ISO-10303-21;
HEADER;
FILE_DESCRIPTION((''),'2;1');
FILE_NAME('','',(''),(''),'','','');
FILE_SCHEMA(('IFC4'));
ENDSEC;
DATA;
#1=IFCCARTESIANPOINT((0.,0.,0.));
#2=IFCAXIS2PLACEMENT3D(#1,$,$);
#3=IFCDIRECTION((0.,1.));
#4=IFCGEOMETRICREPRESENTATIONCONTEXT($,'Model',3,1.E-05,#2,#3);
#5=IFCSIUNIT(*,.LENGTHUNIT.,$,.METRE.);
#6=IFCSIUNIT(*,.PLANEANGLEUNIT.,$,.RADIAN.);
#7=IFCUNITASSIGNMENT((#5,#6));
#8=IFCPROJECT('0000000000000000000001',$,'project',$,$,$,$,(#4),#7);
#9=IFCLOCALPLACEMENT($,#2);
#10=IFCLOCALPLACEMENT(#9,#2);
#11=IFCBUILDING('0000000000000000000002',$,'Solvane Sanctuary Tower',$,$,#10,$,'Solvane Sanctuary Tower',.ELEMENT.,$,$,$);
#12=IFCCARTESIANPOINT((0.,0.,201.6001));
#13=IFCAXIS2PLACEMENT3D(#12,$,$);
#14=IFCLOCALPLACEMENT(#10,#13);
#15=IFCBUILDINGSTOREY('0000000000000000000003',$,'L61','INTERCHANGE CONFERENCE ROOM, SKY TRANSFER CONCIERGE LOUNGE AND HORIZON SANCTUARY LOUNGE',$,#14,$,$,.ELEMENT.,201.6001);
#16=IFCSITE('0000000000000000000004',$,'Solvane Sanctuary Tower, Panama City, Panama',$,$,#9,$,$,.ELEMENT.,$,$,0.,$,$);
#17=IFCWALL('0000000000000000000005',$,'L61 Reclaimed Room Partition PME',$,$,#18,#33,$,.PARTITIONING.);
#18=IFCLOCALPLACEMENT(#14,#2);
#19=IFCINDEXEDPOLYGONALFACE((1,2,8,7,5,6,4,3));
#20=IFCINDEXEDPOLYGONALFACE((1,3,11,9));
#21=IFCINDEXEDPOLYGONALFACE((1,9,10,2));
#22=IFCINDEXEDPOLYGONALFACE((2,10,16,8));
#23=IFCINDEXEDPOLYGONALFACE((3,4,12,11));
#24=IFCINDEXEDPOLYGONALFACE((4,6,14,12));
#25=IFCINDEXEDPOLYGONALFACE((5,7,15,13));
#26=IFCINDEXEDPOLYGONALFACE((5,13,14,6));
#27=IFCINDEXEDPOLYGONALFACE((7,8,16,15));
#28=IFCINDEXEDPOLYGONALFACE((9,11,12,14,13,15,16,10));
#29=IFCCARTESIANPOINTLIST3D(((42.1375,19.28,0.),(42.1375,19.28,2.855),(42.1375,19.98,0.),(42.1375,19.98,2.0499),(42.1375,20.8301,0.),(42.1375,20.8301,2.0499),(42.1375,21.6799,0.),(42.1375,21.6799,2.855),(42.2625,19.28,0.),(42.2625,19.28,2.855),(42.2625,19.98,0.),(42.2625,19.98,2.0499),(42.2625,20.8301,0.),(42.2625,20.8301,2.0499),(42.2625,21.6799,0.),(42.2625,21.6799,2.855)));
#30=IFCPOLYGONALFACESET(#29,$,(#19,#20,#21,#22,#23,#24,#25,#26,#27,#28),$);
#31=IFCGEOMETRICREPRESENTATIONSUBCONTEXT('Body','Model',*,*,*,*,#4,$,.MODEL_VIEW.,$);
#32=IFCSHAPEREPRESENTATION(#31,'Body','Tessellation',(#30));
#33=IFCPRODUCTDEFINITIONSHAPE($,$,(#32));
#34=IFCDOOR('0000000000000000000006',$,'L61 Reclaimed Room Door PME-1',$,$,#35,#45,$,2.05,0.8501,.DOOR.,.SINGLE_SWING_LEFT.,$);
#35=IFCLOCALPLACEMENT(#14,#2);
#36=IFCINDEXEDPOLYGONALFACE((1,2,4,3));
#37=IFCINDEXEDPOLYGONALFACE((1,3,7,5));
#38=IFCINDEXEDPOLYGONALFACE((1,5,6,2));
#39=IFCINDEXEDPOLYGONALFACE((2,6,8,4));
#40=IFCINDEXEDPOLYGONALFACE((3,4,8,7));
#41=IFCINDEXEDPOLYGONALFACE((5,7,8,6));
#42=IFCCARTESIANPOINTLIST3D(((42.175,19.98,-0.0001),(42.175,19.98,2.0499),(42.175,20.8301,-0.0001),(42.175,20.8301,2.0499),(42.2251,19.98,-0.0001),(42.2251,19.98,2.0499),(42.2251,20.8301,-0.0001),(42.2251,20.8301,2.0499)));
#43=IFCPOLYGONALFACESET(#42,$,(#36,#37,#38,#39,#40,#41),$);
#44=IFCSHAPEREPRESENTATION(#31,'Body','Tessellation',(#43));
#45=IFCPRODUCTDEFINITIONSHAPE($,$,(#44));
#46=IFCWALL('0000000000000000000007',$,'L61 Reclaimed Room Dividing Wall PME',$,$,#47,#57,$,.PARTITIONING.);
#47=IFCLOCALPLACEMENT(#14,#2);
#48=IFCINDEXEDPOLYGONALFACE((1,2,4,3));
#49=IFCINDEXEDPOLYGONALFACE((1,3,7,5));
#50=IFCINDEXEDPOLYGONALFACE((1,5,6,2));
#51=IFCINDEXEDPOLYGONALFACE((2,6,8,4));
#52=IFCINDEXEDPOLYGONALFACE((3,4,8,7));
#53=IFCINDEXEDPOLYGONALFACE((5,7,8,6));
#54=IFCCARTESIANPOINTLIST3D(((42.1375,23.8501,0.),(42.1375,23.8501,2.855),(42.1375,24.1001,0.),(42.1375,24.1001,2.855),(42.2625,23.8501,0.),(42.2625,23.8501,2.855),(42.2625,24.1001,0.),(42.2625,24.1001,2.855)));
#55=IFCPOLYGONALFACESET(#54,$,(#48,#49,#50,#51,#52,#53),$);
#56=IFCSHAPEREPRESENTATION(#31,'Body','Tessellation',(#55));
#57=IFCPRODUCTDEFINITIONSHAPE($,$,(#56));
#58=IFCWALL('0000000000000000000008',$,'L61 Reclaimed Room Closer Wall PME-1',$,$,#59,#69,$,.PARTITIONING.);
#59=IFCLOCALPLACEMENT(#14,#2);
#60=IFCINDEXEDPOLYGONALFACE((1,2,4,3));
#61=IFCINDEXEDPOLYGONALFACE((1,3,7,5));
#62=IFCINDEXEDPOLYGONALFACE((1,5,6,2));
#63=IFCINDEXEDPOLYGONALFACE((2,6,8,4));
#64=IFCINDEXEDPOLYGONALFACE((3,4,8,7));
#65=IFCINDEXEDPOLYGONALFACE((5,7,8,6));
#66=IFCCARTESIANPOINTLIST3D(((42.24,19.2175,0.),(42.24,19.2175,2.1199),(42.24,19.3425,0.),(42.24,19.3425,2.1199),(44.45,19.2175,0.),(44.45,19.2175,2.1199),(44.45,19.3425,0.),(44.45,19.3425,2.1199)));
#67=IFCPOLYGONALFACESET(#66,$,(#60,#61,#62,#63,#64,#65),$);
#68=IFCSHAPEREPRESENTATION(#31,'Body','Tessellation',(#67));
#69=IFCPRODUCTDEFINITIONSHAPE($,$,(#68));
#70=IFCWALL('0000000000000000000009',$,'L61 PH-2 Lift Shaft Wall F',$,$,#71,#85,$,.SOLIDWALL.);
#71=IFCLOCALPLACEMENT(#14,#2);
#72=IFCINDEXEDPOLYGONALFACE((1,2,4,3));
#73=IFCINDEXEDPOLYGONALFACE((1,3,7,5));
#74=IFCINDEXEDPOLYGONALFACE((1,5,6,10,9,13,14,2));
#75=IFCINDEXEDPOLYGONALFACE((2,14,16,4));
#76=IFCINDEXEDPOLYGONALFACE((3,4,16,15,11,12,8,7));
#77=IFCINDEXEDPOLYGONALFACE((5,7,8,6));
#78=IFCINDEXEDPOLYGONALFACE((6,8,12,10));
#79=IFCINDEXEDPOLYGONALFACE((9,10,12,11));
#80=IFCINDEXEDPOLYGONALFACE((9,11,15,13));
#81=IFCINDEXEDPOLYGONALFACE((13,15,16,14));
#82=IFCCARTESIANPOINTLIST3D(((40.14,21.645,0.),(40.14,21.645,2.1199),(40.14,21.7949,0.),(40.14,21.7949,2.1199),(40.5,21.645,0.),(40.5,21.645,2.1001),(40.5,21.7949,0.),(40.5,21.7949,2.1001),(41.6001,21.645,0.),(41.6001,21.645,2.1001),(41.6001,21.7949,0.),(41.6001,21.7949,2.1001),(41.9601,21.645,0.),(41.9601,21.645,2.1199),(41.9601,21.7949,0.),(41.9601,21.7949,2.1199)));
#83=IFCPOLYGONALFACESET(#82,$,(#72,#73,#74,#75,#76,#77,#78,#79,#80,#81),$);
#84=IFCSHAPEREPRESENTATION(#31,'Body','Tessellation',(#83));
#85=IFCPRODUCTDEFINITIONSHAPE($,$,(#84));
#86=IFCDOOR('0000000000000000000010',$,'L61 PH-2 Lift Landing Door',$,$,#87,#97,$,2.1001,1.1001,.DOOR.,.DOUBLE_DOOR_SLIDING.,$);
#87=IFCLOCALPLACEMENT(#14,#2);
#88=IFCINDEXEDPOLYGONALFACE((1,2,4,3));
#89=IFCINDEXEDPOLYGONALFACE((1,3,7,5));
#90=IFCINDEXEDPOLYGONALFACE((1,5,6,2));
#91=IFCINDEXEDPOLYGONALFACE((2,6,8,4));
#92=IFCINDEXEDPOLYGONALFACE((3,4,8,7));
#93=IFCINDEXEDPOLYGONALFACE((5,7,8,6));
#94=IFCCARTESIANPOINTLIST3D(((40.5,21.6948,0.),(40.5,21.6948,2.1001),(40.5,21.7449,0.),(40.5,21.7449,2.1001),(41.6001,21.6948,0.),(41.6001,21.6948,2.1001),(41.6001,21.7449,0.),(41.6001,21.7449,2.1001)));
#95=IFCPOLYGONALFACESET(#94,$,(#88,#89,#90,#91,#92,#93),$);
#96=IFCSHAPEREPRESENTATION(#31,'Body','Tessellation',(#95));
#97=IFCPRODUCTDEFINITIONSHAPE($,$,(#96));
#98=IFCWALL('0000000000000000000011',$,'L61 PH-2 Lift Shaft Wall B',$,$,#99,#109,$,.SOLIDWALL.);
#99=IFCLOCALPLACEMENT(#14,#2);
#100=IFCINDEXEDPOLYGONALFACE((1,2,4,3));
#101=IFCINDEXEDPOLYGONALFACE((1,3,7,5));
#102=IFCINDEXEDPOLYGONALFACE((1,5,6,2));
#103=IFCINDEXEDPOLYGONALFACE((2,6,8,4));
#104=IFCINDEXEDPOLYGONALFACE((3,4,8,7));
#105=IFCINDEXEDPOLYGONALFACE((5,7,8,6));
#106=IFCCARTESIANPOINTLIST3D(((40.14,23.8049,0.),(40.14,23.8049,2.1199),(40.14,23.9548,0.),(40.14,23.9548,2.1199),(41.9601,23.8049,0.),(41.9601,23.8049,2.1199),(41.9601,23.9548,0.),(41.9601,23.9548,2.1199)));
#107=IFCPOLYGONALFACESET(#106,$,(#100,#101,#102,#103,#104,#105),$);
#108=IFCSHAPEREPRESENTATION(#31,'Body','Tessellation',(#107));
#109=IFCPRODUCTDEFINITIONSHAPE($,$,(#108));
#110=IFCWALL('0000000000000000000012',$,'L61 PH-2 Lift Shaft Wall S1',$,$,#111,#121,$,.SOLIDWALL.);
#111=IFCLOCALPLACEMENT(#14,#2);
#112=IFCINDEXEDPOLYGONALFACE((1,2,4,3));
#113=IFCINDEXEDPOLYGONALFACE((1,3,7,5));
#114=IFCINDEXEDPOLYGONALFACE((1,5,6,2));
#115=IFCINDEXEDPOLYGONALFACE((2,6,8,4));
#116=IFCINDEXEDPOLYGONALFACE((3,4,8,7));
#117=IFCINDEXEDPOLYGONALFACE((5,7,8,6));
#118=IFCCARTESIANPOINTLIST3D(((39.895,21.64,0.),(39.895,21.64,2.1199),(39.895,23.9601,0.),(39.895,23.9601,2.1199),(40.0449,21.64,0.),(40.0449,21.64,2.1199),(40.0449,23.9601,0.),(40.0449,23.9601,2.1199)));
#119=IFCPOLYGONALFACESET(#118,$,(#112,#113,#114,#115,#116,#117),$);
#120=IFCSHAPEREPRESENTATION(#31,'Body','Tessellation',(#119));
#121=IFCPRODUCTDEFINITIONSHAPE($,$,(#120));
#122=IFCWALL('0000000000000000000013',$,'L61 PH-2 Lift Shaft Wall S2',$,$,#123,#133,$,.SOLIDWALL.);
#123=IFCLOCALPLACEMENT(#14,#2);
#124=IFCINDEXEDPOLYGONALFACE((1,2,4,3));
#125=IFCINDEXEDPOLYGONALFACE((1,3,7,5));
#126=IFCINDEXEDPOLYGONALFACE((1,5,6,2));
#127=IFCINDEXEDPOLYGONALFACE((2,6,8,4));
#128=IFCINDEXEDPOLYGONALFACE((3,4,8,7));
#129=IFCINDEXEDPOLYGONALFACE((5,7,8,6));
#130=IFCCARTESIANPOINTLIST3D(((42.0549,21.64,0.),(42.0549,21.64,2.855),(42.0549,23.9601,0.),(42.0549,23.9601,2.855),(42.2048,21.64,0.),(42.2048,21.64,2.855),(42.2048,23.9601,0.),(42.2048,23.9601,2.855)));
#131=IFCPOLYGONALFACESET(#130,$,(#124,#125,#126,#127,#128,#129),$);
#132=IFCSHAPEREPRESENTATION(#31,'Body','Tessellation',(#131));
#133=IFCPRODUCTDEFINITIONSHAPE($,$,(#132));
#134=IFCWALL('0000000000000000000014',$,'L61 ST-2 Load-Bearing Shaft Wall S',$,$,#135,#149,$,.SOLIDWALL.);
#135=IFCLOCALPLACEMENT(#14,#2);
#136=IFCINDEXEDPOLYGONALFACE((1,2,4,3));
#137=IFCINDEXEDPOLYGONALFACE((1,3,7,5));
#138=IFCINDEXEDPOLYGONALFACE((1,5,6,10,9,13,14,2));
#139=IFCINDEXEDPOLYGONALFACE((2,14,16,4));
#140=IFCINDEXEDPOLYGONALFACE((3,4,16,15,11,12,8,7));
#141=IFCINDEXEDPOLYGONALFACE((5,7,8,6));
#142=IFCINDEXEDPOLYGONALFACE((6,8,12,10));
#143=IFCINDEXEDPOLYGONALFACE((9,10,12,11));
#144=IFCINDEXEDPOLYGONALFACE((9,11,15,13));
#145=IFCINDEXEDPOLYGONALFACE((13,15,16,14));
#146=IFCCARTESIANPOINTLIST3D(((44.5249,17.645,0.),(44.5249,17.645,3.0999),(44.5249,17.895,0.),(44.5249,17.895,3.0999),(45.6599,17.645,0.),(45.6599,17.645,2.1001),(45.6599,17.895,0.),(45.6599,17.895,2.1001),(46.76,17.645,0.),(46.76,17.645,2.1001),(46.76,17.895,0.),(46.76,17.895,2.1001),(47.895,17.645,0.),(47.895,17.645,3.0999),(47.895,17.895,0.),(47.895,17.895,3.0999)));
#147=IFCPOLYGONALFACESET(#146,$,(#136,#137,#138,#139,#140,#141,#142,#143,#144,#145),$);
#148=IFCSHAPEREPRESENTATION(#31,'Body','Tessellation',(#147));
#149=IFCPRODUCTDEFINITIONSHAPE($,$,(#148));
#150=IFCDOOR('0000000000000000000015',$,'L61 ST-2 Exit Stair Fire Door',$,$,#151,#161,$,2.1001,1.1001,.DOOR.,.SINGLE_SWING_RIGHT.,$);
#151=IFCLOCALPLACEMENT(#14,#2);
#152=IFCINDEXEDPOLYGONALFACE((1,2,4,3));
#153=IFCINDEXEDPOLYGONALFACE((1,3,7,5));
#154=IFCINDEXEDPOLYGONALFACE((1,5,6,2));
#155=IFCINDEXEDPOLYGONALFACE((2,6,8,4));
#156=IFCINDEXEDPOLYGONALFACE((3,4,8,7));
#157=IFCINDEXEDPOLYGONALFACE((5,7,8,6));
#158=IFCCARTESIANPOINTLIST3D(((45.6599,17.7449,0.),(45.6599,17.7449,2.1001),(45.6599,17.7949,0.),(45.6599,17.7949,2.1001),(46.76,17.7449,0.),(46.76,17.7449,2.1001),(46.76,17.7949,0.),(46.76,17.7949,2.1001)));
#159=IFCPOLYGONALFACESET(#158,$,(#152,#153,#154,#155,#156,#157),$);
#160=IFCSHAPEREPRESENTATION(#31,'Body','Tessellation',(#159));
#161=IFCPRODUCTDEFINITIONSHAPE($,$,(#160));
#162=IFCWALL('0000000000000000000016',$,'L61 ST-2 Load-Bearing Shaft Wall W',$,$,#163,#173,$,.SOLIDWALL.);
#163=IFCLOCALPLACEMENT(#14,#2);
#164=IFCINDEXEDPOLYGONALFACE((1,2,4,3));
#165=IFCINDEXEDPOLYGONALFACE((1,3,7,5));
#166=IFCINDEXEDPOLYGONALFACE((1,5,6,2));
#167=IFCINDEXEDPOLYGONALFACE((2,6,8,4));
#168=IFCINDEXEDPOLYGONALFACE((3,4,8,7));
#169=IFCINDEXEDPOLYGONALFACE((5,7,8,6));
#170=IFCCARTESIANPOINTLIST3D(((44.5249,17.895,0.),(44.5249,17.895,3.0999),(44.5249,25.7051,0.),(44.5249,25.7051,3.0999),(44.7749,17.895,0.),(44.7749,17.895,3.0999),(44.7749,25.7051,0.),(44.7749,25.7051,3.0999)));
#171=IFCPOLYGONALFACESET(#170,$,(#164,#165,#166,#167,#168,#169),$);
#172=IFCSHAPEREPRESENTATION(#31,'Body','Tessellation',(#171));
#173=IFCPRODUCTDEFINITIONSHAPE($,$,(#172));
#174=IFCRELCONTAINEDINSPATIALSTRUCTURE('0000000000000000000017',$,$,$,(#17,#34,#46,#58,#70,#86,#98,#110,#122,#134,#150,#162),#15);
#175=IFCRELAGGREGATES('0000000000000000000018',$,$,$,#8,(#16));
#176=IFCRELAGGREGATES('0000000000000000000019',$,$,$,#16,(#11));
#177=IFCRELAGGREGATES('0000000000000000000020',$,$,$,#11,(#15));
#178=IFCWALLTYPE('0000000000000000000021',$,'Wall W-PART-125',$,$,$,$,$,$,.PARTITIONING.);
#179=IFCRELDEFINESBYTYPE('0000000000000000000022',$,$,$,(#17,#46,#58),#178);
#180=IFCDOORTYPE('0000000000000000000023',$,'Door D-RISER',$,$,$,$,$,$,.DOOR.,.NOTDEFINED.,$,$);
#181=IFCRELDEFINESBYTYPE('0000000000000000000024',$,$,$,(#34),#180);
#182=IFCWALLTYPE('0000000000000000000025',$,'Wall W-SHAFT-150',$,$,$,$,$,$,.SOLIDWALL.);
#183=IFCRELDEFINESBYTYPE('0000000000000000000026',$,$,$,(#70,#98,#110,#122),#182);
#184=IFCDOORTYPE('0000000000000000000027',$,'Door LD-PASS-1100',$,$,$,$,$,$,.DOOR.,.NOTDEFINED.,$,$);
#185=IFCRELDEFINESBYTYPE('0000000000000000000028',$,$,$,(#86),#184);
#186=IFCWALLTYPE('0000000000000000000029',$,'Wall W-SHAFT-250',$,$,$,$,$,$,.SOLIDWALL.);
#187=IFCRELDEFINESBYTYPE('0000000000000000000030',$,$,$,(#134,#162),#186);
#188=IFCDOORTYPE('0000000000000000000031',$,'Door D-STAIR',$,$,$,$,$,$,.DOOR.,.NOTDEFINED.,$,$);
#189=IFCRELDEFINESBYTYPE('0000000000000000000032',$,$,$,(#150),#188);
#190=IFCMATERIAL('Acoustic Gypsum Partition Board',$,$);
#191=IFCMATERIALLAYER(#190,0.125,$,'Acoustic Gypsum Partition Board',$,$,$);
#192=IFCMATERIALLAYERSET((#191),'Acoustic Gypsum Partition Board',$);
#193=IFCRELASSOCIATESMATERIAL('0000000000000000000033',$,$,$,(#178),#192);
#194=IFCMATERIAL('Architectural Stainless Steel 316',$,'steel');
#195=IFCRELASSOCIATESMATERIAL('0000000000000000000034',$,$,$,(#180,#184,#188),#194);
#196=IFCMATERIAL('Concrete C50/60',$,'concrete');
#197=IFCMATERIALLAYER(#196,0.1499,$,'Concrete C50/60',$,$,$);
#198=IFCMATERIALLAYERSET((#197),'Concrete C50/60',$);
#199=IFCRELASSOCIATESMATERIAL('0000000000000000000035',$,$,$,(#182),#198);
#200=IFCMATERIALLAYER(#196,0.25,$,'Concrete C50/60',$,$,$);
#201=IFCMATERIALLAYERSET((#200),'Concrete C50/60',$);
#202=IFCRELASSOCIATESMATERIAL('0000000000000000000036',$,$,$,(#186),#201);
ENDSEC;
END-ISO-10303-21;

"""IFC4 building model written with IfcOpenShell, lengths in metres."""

from ifc_helpers import new_model, si_unit, direction, frame, frame_2d, origin, place, context, subcontext, project, spatial, rectangle, extrude, material, layer, layer_set, type_object, element, fill, save


model = new_model("IFC4")

# Units and contexts
model_context = context("Model", 3, precision=1e-05, world=origin(), true_north=direction((0.0, 1.0)))
body_context = subcontext(model_context, "Body", "Model", "MODEL_VIEW")
ifc_project = project(units=[si_unit("LENGTHUNIT", "METRE"), si_unit("PLANEANGLEUNIT", "RADIAN")], contexts=[model_context])

# Site, building, storey
site_placement = place(None, origin())
site = spatial("IfcSite", under=ifc_project, at=site_placement, Name="Solvane Sanctuary Tower, Panama City, Panama", CompositionType="ELEMENT", RefElevation=0.0)
building_placement = place(site_placement, origin())
building = spatial("IfcBuilding", under=site, at=building_placement, Name="Solvane Sanctuary Tower", LongName="Solvane Sanctuary Tower", CompositionType="ELEMENT")
storey_placement = place(building_placement, frame((0.0, 0.0, 201.6001)))
storey = spatial("IfcBuildingStorey", under=building, at=storey_placement, Name="L61", Description="INTERCHANGE CONFERENCE ROOM, SKY TRANSFER CONCIERGE LOUNGE AND HORIZON SANCTUARY LOUNGE", CompositionType="ELEMENT", Elevation=201.6001)

# Shared definitions
ifc_material_1 = material(Name="Concrete C50/60", Category="concrete")

# Shared definitions
ifc_material_2 = material(Name="Acoustic Gypsum Partition Board")

# Shared definitions
ifc_layer_1 = layer(ifc_material_2, 0.125, Name="Acoustic Gypsum Partition Board")
ifc_layer_set_1 = layer_set([ifc_layer_1], Name="Acoustic Gypsum Partition Board")
wall_type_1 = type_object("IfcWallType", Name="Wall W-PART-125", PredefinedType="PARTITIONING", material=ifc_layer_set_1)
ifc_material_3 = material(Name="Architectural Stainless Steel 316", Category="steel")
door_type_1 = type_object("IfcDoorType", Name="Door D-RISER", OperationType="NOTDEFINED", PredefinedType="DOOR", material=ifc_material_3)

# Wall, opening, door
wall_1_placement = place(storey_placement, frame((42.2, 19.28, 0.0), z_axis=(0.0, 0.0, 1.0), x_axis=(0.0, 1.0, 0.0)))
wall_1 = element("IfcWall", 1, at=wall_1_placement, inside=storey, type_object=wall_type_1, Name="L61 Reclaimed Room Partition PME", PredefinedType="PARTITIONING", context=body_context, shape_type="SweptSolid", body=[
    extrude(rectangle(XDim=2.3999, YDim=0.125, at=frame_2d((1.2, 0.0))), origin(), (0.0, 0.0, 1.0), 2.855),
])
opening_1_placement = place(wall_1_placement, frame((0.7, 0.0, 0.0)))
opening_1 = element("IfcOpeningElement", 2, at=opening_1_placement, cuts=wall_1, PredefinedType="OPENING", context=body_context, shape_type="SweptSolid", body=[
    extrude(rectangle(XDim=0.8501, YDim=2.05, at=frame_2d((0.425, 1.0249))), frame((0.0, 0.0725, 0.0), z_axis=(0.0, -1.0, 0.0), x_axis=(1.0, 0.0, 0.0)), (0.0, 0.0, 1.0), 0.145),
])
door_1_placement = place(opening_1_placement, origin())
door_1 = element("IfcDoor", 3, at=door_1_placement, inside=storey, type_object=door_type_1, Name="L61 Reclaimed Room Door PME-1", OperationType="SINGLE_SWING_LEFT", OverallHeight=2.05, OverallWidth=0.8501, PredefinedType="DOOR", context=body_context, shape_type="SweptSolid", body=[
    extrude(rectangle(XDim=0.8501, YDim=2.05, at=frame_2d((0.425, 1.0249))), frame((0.0, 0.0249, 0.0), z_axis=(0.0, -1.0, 0.0), x_axis=(1.0, 0.0, 0.0)), (0.0, 0.0, 1.0), 0.05),
])
fill(opening_1, door_1)

# Walls
wall_2_placement = place(storey_placement, frame((42.2, 23.8501, 0.0), z_axis=(0.0, 0.0, 1.0), x_axis=(0.0, 1.0, 0.0)))
element("IfcWall", 4, at=wall_2_placement, inside=storey, type_object=wall_type_1, Name="L61 Reclaimed Room Dividing Wall PME", PredefinedType="PARTITIONING", context=body_context, shape_type="SweptSolid", body=[
    extrude(rectangle(XDim=0.25, YDim=0.125, at=frame_2d((0.125, 0.0))), origin(), (0.0, 0.0, 1.0), 2.855),
])
wall_3_placement = place(storey_placement, frame((42.24, 19.28, 0.0), z_axis=(0.0, 0.0, 1.0), x_axis=(1.0, 0.0, 0.0)))
element("IfcWall", 5, at=wall_3_placement, inside=storey, type_object=wall_type_1, Name="L61 Reclaimed Room Closer Wall PME-1", PredefinedType="PARTITIONING", context=body_context, shape_type="SweptSolid", body=[
    extrude(rectangle(XDim=2.21, YDim=0.125, at=frame_2d((1.105, 0.0))), origin(), (0.0, 0.0, 1.0), 2.1199),
])

# Wall, opening, door
ifc_layer_2 = layer(ifc_material_1, 0.1499, Name="Concrete C50/60")
ifc_layer_set_2 = layer_set([ifc_layer_2], Name="Concrete C50/60")
wall_type_2 = type_object("IfcWallType", Name="Wall W-SHAFT-150", PredefinedType="SOLIDWALL", material=ifc_layer_set_2)
wall_4_placement = place(storey_placement, frame((40.1399, 21.72, 0.0), z_axis=(0.0, 0.0, 1.0), x_axis=(1.0, 0.0, 0.0)))
wall_4 = element("IfcWall", 6, at=wall_4_placement, inside=storey, type_object=wall_type_2, Name="L61 PH-2 Lift Shaft Wall F", PredefinedType="SOLIDWALL", context=body_context, shape_type="SweptSolid", body=[
    extrude(rectangle(XDim=1.8201, YDim=0.1499, at=frame_2d((0.9102, 0.0))), origin(), (0.0, 0.0, 1.0), 2.1199),
])
opening_2_placement = place(wall_4_placement, frame((0.3601, 0.0, 0.0)))
opening_2 = element("IfcOpeningElement", 7, at=opening_2_placement, cuts=wall_4, PredefinedType="OPENING", context=body_context, shape_type="SweptSolid", body=[
    extrude(rectangle(XDim=1.1001, YDim=2.1001, at=frame_2d((0.55, 1.05))), frame((0.0, 0.085, 0.0), z_axis=(0.0, -1.0, 0.0), x_axis=(1.0, 0.0, 0.0)), (0.0, 0.0, 1.0), 0.1699),
])
door_type_2 = type_object("IfcDoorType", Name="Door LD-PASS-1100", OperationType="NOTDEFINED", PredefinedType="DOOR", material=ifc_material_3)
door_2_placement = place(opening_2_placement, origin())
door_2 = element("IfcDoor", 8, at=door_2_placement, inside=storey, type_object=door_type_2, Name="L61 PH-2 Lift Landing Door", OperationType="DOUBLE_DOOR_SLIDING", OverallHeight=2.1001, OverallWidth=1.1001, PredefinedType="DOOR", context=body_context, shape_type="SweptSolid", body=[
    extrude(rectangle(XDim=1.1001, YDim=2.1001, at=frame_2d((0.55, 1.05))), frame((0.0, 0.0249, 0.0), z_axis=(0.0, -1.0, 0.0), x_axis=(1.0, 0.0, 0.0)), (0.0, 0.0, 1.0), 0.05),
])
fill(opening_2, door_2)

# Walls
wall_5_placement = place(storey_placement, frame((40.1399, 23.8799, 0.0), z_axis=(0.0, 0.0, 1.0), x_axis=(1.0, 0.0, 0.0)))
element("IfcWall", 9, at=wall_5_placement, inside=storey, type_object=wall_type_2, Name="L61 PH-2 Lift Shaft Wall B", PredefinedType="SOLIDWALL", context=body_context, shape_type="SweptSolid", body=[
    extrude(rectangle(XDim=1.8201, YDim=0.1499, at=frame_2d((0.9102, 0.0))), origin(), (0.0, 0.0, 1.0), 2.1199),
])
wall_6_placement = place(storey_placement, frame((39.97, 21.6399, 0.0), z_axis=(0.0, 0.0, 1.0), x_axis=(0.0, 1.0, 0.0)))
element("IfcWall", 10, at=wall_6_placement, inside=storey, type_object=wall_type_2, Name="L61 PH-2 Lift Shaft Wall S1", PredefinedType="SOLIDWALL", context=body_context, shape_type="SweptSolid", body=[
    extrude(rectangle(XDim=2.3201, YDim=0.1499, at=frame_2d((1.1602, 0.0))), origin(), (0.0, 0.0, 1.0), 2.1199),
])
wall_7_placement = place(storey_placement, frame((42.1299, 21.6399, 0.0), z_axis=(0.0, 0.0, 1.0), x_axis=(0.0, 1.0, 0.0)))
element("IfcWall", 11, at=wall_7_placement, inside=storey, type_object=wall_type_2, Name="L61 PH-2 Lift Shaft Wall S2", PredefinedType="SOLIDWALL", context=body_context, shape_type="SweptSolid", body=[
    extrude(rectangle(XDim=2.3201, YDim=0.1499, at=frame_2d((1.1602, 0.0))), origin(), (0.0, 0.0, 1.0), 2.855),
])

# Wall, opening, door
ifc_layer_3 = layer(ifc_material_1, 0.25, Name="Concrete C50/60")
ifc_layer_set_3 = layer_set([ifc_layer_3], Name="Concrete C50/60")
wall_type_3 = type_object("IfcWallType", Name="Wall W-SHAFT-250", PredefinedType="SOLIDWALL", material=ifc_layer_set_3)
wall_8_placement = place(storey_placement, frame((44.5249, 17.77, 0.0), z_axis=(0.0, 0.0, 1.0), x_axis=(1.0, 0.0, 0.0)))
wall_8 = element("IfcWall", 12, at=wall_8_placement, inside=storey, type_object=wall_type_3, Name="L61 ST-2 Load-Bearing Shaft Wall S", PredefinedType="SOLIDWALL", context=body_context, shape_type="SweptSolid", body=[
    extrude(rectangle(XDim=3.3701, YDim=0.25, at=frame_2d((1.6851, 0.0))), origin(), (0.0, 0.0, 1.0), 3.0999),
])
opening_3_placement = place(wall_8_placement, frame((1.135, 0.0, 0.0)))
opening_3 = element("IfcOpeningElement", 13, at=opening_3_placement, cuts=wall_8, PredefinedType="OPENING", context=body_context, shape_type="SweptSolid", body=[
    extrude(rectangle(XDim=1.1001, YDim=2.1001, at=frame_2d((0.55, 1.05))), frame((0.0, 0.135, 0.0), z_axis=(0.0, -1.0, 0.0), x_axis=(1.0, 0.0, 0.0)), (0.0, 0.0, 1.0), 0.27),
])
door_type_3 = type_object("IfcDoorType", Name="Door D-STAIR", OperationType="NOTDEFINED", PredefinedType="DOOR", material=ifc_material_3)
door_3_placement = place(opening_3_placement, origin())
door_3 = element("IfcDoor", 14, at=door_3_placement, inside=storey, type_object=door_type_3, Name="L61 ST-2 Exit Stair Fire Door", OperationType="SINGLE_SWING_RIGHT", OverallHeight=2.1001, OverallWidth=1.1001, PredefinedType="DOOR", context=body_context, shape_type="SweptSolid", body=[
    extrude(rectangle(XDim=1.1001, YDim=2.1001, at=frame_2d((0.55, 1.05))), frame((0.0, 0.0249, 0.0), z_axis=(0.0, -1.0, 0.0), x_axis=(1.0, 0.0, 0.0)), (0.0, 0.0, 1.0), 0.05),
])
fill(opening_3, door_3)

# Wall
wall_9_placement = place(storey_placement, frame((44.6499, 17.895, 0.0), z_axis=(0.0, 0.0, 1.0), x_axis=(0.0, 1.0, 0.0)))
element("IfcWall", 15, at=wall_9_placement, inside=storey, type_object=wall_type_3, Name="L61 ST-2 Load-Bearing Shaft Wall W", PredefinedType="SOLIDWALL", context=body_context, shape_type="SweptSolid", body=[
    extrude(rectangle(XDim=7.8101, YDim=0.25, at=frame_2d((3.905, 0.0))), origin(), (0.0, 0.0, 1.0), 3.0999),
])

save(model, "model.ifc")
